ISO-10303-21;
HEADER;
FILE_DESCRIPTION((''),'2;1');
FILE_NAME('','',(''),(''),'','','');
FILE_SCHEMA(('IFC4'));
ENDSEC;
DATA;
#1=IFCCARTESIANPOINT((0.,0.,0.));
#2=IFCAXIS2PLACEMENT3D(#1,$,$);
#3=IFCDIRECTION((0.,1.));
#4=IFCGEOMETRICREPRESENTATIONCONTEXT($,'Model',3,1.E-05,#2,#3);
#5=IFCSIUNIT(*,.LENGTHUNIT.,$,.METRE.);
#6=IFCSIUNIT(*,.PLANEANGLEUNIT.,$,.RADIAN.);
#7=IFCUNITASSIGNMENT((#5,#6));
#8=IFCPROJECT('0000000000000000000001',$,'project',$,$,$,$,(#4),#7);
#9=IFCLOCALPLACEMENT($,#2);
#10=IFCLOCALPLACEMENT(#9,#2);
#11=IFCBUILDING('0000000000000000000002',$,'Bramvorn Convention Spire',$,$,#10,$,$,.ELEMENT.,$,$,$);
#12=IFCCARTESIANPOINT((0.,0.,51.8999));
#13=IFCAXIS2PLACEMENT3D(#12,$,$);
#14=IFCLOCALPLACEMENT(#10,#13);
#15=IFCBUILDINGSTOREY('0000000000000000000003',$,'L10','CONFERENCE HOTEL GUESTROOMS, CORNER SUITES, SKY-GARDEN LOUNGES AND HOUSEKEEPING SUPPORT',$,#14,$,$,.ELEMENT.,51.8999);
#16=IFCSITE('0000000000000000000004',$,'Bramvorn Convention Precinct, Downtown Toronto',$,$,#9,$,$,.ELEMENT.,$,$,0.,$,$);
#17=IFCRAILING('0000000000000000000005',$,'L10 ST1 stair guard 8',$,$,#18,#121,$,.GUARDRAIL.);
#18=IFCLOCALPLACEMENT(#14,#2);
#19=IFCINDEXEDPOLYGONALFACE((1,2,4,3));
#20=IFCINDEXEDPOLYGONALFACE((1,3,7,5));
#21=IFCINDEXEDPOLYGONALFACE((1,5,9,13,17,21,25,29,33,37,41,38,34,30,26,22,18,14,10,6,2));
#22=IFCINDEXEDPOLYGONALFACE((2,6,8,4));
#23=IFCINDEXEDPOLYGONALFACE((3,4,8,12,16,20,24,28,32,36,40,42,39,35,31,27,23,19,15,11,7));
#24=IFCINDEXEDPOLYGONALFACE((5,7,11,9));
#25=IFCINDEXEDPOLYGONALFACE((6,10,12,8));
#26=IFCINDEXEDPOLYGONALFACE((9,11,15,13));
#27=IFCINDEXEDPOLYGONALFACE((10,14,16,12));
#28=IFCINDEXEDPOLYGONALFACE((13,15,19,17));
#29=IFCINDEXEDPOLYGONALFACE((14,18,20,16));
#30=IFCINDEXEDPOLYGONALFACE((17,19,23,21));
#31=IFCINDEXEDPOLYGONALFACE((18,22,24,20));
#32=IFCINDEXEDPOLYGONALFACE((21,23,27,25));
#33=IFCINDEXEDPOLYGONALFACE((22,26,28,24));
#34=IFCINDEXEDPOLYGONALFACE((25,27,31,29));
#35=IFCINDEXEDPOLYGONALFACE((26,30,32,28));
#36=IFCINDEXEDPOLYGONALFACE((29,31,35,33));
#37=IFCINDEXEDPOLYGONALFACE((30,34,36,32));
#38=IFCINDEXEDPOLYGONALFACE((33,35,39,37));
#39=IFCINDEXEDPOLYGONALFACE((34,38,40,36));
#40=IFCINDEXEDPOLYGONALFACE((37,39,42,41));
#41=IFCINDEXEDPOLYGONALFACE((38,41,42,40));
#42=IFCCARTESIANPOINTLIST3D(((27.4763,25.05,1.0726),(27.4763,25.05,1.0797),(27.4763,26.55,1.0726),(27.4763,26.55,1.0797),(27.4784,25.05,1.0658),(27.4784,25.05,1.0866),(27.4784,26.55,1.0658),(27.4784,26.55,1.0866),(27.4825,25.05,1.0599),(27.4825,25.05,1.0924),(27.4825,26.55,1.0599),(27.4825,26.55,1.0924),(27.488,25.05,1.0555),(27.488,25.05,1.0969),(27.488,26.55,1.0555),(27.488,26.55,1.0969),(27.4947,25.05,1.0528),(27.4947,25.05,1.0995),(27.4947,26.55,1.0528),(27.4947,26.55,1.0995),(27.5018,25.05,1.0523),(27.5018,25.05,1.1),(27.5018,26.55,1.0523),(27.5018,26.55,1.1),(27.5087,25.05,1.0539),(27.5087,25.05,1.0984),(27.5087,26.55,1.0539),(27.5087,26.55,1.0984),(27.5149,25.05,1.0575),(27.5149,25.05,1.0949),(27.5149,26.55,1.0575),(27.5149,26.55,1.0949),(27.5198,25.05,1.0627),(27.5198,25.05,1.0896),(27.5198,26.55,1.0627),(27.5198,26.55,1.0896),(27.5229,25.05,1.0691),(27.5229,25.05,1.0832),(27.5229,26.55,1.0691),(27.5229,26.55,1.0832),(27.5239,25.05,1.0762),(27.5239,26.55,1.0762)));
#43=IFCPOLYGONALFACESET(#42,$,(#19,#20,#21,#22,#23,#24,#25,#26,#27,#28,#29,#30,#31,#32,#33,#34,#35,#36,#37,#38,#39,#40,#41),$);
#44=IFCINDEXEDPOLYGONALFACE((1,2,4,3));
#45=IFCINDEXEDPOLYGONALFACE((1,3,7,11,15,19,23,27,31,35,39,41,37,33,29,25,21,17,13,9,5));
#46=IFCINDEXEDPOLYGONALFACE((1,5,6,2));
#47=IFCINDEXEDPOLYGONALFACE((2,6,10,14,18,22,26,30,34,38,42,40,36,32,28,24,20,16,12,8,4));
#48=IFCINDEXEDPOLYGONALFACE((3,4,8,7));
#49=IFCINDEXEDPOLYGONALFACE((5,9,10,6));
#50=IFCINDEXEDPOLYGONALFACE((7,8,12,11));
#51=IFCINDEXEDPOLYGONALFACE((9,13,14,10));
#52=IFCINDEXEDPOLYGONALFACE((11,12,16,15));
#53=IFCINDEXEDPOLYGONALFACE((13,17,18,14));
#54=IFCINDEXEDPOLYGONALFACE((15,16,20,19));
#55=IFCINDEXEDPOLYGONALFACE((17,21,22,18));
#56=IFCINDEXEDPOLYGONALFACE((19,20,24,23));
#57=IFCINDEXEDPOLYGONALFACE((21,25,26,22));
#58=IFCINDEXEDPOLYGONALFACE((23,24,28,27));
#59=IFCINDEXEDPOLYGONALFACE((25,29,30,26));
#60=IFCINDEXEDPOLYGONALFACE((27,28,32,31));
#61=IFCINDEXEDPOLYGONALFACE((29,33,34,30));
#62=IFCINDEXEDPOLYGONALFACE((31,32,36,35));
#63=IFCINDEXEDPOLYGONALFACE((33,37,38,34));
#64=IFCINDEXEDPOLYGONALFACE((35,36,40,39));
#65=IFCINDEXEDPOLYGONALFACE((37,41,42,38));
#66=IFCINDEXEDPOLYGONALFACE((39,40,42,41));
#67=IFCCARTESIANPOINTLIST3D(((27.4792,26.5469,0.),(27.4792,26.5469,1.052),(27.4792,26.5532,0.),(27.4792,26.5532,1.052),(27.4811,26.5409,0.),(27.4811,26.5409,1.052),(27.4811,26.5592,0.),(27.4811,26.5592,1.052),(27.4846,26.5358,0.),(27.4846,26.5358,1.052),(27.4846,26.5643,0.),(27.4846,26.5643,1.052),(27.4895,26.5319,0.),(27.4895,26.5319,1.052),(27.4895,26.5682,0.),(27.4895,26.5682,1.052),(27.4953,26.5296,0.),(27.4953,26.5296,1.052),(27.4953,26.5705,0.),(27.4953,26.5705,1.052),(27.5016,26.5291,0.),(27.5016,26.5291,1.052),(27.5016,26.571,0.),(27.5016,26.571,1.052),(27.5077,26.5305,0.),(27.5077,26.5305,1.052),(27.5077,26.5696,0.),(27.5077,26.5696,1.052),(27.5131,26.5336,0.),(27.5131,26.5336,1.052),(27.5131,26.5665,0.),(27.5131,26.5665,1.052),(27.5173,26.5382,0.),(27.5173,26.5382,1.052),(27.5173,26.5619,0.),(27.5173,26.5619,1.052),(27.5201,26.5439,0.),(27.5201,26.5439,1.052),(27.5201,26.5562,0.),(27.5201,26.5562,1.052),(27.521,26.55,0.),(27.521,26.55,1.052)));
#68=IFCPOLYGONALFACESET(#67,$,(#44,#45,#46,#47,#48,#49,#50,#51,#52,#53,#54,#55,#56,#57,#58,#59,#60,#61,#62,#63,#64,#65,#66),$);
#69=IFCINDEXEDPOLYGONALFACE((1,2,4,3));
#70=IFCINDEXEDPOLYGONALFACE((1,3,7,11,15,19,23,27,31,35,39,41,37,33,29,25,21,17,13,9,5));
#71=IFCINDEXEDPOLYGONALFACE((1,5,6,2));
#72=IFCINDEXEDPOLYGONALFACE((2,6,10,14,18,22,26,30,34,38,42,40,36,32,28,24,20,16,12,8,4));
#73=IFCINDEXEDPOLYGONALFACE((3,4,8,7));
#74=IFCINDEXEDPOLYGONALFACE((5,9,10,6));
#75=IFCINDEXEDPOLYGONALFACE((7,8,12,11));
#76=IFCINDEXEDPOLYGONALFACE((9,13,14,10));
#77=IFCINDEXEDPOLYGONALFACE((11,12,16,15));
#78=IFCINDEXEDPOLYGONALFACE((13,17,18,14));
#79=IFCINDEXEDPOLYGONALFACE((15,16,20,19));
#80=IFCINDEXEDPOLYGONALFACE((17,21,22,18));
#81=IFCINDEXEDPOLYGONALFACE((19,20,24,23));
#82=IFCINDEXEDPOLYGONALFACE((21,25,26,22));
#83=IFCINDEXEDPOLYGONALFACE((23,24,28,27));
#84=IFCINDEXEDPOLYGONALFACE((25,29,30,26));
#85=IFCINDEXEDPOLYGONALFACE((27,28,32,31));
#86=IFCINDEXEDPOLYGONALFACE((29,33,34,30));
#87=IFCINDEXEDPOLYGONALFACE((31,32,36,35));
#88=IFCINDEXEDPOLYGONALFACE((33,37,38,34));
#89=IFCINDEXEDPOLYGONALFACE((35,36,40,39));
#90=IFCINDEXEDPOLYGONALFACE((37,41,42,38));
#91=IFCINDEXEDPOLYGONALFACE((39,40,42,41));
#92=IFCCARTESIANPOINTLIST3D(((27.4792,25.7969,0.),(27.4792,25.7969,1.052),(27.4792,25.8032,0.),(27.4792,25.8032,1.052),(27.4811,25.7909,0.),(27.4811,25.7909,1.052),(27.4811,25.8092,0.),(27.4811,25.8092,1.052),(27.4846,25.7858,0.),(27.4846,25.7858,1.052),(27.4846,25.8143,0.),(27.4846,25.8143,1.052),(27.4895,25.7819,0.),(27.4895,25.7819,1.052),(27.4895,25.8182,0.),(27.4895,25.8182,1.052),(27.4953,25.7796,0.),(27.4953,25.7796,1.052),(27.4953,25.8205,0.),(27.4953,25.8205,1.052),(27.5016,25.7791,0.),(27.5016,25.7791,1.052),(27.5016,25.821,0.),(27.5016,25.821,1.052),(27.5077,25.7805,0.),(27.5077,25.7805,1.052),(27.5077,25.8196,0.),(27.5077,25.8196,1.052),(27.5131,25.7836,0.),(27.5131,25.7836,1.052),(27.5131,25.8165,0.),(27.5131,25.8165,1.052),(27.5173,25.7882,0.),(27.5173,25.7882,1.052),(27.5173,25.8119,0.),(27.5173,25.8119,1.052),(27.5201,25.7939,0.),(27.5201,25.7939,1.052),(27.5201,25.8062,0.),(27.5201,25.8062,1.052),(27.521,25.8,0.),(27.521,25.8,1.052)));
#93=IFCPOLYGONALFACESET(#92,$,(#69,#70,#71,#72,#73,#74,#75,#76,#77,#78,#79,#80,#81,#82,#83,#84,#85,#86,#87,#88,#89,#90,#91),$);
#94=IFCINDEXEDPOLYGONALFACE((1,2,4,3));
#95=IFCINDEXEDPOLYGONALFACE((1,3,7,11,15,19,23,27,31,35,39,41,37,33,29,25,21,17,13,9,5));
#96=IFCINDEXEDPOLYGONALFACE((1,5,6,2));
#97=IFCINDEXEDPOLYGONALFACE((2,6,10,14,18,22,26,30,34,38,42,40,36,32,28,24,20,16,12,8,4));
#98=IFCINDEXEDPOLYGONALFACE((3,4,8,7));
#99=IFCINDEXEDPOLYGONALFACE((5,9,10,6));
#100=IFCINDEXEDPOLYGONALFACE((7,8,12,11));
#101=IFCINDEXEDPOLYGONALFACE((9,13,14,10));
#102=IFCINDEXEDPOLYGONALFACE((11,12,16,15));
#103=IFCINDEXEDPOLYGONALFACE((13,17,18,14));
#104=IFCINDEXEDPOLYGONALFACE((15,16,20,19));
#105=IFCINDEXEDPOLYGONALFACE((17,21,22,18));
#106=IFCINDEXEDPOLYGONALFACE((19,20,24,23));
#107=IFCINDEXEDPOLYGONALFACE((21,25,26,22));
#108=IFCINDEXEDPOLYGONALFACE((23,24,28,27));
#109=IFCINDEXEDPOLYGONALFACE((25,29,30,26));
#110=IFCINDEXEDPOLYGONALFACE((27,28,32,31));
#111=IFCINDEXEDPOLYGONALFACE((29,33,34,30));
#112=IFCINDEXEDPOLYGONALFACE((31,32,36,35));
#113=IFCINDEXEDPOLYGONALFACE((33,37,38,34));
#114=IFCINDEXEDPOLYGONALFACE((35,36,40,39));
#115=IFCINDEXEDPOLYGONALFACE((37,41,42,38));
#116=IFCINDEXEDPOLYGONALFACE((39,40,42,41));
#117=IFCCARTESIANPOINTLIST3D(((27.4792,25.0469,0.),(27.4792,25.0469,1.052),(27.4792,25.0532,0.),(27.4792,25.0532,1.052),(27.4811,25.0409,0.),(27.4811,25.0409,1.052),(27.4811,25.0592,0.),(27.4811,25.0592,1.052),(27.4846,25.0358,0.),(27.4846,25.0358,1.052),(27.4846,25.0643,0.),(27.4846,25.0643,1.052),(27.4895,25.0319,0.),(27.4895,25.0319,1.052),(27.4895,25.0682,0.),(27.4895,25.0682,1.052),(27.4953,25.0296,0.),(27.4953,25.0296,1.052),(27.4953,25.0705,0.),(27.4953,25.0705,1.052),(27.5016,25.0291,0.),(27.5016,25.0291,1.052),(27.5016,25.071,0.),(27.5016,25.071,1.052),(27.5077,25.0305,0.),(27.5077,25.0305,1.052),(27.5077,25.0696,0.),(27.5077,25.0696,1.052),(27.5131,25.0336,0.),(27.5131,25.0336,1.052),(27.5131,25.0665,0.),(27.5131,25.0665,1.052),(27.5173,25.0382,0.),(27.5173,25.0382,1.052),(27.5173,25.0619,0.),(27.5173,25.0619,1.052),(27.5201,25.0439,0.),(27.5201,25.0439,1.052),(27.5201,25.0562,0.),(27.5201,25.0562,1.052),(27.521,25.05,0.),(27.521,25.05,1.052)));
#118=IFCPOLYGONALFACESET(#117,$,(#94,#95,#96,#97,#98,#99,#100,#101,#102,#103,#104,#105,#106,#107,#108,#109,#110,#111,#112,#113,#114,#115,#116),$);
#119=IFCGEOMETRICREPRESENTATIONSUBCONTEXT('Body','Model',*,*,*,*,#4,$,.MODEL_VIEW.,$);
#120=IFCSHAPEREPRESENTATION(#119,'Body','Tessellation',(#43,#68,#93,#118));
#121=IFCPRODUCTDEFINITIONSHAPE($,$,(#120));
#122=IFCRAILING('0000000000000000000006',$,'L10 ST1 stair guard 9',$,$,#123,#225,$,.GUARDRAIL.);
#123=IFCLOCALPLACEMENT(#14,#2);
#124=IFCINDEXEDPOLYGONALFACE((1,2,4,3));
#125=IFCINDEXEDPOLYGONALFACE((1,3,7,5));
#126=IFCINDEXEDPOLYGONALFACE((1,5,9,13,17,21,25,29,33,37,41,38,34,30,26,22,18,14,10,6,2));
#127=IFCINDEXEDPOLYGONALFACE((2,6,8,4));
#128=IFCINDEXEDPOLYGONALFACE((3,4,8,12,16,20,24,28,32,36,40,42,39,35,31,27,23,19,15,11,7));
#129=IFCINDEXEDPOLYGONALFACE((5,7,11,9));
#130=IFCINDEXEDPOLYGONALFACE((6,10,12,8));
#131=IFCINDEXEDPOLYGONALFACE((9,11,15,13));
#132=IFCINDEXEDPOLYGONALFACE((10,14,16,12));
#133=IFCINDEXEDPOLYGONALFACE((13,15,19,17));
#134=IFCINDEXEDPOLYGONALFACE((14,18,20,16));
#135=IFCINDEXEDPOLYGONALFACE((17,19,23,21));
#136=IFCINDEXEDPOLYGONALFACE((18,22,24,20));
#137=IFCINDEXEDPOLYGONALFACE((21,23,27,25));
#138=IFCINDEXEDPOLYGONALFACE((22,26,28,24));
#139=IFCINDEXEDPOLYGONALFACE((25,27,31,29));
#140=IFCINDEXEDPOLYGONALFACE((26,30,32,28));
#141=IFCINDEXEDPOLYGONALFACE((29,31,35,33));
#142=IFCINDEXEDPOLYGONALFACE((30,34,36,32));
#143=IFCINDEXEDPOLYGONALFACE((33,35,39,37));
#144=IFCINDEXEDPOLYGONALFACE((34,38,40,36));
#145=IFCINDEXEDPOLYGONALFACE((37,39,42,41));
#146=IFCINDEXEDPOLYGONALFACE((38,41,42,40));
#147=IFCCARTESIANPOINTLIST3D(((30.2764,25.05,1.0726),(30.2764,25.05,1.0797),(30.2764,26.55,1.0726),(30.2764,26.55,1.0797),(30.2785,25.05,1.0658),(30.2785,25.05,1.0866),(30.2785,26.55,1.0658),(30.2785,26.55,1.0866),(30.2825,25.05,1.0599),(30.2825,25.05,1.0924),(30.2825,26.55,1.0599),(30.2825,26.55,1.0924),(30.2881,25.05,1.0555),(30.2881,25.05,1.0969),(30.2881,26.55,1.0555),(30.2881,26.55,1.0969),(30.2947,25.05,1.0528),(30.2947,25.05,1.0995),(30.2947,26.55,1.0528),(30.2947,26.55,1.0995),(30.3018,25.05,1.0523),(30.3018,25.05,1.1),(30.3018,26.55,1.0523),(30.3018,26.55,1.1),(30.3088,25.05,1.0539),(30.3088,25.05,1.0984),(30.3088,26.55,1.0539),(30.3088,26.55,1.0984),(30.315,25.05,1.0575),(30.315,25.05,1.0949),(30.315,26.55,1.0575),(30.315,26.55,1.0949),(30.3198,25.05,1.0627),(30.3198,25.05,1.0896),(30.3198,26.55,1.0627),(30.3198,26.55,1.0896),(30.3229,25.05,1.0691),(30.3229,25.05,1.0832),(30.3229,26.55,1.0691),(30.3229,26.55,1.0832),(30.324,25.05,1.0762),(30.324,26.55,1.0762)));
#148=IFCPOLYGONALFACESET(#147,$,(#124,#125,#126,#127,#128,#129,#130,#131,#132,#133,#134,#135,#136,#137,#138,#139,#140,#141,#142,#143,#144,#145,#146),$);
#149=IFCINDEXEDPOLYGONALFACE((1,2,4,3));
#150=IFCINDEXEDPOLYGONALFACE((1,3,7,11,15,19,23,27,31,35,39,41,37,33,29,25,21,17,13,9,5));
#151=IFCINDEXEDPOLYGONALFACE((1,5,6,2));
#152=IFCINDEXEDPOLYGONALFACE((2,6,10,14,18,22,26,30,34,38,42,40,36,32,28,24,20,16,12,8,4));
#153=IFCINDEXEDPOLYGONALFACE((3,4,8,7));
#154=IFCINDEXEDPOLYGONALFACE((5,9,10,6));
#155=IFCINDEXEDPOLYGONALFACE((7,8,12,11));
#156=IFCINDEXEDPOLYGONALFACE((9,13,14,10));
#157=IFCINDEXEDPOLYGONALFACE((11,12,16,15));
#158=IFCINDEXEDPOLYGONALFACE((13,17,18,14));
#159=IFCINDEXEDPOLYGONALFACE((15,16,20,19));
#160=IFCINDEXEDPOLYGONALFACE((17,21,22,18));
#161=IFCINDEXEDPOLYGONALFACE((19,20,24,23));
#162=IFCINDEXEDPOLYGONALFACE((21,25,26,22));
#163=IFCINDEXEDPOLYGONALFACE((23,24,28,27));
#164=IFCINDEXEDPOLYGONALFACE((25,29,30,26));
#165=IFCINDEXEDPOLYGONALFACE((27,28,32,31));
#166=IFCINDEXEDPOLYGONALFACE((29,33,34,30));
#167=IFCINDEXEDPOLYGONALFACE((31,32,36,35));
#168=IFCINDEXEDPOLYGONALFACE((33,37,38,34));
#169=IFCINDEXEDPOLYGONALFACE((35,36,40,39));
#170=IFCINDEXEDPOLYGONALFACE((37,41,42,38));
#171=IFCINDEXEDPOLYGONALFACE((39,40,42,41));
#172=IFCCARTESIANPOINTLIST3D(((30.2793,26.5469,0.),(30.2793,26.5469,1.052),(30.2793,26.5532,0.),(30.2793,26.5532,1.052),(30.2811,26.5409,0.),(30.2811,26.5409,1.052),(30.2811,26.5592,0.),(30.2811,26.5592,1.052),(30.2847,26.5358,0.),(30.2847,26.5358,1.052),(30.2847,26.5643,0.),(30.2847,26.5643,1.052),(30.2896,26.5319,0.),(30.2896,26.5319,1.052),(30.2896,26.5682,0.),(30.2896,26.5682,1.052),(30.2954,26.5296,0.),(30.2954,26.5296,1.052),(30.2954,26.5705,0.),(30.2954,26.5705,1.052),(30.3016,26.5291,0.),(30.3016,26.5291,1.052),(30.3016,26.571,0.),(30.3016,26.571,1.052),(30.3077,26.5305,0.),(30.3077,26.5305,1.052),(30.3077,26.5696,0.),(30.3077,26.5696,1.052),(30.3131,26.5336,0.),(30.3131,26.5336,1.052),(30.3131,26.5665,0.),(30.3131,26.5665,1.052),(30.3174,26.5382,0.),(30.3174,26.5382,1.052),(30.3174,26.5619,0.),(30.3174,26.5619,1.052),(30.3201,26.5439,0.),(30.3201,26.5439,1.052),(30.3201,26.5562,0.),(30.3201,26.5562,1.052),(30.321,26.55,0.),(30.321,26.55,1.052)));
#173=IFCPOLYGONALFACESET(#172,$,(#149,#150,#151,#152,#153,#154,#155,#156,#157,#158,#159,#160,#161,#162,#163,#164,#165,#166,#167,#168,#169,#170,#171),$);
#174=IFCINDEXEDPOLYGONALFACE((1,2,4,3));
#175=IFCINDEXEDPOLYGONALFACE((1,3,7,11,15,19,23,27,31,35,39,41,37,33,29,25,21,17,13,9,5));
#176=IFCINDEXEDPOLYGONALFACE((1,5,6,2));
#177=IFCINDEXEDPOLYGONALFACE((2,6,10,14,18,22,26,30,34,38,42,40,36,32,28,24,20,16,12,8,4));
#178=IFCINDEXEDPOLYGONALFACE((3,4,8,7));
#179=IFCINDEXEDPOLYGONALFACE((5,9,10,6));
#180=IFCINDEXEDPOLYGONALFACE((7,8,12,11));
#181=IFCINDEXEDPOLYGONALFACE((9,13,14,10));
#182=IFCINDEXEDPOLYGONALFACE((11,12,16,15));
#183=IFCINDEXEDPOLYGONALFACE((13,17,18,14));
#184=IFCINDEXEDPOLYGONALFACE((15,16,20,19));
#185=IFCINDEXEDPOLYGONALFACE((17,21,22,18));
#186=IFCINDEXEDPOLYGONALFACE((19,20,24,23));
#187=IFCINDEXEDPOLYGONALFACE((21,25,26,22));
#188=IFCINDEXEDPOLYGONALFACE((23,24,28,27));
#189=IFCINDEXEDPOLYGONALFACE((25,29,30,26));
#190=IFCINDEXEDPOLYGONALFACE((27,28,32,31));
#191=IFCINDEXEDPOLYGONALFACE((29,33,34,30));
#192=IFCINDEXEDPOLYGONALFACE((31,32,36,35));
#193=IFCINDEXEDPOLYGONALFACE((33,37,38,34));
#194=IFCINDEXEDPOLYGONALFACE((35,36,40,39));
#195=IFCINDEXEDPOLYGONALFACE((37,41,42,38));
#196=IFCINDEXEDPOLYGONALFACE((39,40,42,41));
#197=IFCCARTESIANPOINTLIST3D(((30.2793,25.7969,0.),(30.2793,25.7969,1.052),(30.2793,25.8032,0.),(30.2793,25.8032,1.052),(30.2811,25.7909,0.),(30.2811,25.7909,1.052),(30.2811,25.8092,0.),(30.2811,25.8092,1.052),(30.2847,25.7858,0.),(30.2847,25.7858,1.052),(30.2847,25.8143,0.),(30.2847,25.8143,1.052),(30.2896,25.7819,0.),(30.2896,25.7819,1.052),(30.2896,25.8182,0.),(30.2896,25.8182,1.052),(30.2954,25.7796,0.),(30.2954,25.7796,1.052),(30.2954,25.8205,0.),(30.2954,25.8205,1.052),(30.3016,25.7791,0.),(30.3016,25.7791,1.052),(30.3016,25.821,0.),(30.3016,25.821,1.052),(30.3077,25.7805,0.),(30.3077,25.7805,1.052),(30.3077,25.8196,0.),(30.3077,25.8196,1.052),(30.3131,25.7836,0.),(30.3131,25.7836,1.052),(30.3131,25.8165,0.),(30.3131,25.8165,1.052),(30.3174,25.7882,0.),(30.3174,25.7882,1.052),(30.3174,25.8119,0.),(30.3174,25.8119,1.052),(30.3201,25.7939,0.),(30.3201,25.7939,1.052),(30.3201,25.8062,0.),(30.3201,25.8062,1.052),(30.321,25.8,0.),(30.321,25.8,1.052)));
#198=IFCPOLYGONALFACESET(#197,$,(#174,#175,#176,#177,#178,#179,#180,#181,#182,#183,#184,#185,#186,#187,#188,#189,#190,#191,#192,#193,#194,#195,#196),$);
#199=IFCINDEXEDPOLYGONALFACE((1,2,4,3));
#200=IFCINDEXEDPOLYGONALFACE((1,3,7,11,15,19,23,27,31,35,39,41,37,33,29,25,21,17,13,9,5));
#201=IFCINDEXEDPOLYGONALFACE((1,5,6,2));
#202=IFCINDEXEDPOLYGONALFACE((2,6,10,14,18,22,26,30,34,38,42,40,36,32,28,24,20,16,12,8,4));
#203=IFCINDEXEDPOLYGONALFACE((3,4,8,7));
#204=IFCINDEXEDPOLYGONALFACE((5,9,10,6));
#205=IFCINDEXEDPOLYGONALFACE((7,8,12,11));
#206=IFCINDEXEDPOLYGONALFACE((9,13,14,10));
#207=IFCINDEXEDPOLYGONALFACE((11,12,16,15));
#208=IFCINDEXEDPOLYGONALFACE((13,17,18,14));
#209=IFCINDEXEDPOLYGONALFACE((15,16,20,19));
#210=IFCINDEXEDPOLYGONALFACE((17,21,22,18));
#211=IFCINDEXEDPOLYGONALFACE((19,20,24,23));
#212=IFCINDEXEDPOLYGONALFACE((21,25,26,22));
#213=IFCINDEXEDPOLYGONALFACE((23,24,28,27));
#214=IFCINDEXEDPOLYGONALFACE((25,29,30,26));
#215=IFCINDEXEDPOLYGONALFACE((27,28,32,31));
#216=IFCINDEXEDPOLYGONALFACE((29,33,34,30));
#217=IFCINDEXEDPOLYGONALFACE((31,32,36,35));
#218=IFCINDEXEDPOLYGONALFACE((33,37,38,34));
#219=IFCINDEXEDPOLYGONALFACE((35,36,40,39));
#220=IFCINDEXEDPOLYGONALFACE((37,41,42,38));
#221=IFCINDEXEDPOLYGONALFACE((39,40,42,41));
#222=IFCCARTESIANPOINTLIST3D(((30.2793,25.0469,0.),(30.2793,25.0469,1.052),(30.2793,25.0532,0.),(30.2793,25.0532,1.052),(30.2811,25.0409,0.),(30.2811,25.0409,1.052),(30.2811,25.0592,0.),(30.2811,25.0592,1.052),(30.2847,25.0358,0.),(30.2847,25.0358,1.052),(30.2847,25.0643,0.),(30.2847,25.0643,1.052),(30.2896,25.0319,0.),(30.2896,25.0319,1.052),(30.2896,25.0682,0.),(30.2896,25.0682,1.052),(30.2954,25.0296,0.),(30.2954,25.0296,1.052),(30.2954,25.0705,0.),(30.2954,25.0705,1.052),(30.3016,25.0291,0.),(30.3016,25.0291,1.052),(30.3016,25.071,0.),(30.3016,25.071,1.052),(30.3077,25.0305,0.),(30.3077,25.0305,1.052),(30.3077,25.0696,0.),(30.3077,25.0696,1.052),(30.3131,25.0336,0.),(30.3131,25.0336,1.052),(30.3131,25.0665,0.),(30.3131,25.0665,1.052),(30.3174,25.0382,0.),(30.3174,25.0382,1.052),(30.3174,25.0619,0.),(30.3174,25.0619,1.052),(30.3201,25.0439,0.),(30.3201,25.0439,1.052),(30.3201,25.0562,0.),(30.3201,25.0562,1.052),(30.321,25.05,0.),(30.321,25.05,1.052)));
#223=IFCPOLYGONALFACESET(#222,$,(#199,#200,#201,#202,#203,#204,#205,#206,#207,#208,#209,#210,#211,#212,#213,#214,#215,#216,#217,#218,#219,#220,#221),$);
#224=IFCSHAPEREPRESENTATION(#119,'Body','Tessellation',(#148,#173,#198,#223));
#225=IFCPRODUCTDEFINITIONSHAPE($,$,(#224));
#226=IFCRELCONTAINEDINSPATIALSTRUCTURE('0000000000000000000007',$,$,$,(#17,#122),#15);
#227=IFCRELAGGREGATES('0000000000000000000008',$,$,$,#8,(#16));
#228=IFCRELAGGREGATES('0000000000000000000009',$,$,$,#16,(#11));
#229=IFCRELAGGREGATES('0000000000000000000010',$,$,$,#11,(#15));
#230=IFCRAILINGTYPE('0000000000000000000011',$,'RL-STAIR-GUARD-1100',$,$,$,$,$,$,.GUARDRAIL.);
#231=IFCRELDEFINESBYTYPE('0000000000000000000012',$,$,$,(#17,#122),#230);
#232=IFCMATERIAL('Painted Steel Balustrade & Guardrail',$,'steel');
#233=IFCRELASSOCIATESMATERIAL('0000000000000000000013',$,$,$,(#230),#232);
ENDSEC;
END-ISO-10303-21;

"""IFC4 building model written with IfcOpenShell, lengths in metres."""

from ifc_helpers import new_model, si_unit, direction, frame, origin, origin_2d, place, context, subcontext, project, spatial, circle, extrude, material, type_object, element, save


model = new_model("IFC4")

# Units and contexts
model_context = context("Model", 3, precision=1e-05, world=origin(), true_north=direction((0.0, 1.0)))
body_context = subcontext(model_context, "Body", "Model", "MODEL_VIEW")
ifc_project = project(units=[si_unit("LENGTHUNIT", "METRE"), si_unit("PLANEANGLEUNIT", "RADIAN")], contexts=[model_context])

# Site, building, storey
site_placement = place(None, origin())
site = spatial("IfcSite", under=ifc_project, at=site_placement, Name="Bramvorn Convention Precinct, Downtown Toronto", CompositionType="ELEMENT", RefElevation=0.0)
building_placement = place(site_placement, origin())
building = spatial("IfcBuilding", under=site, at=building_placement, Name="Bramvorn Convention Spire", CompositionType="ELEMENT")
storey_placement = place(building_placement, frame((0.0, 0.0, 51.8999)))
storey = spatial("IfcBuildingStorey", under=building, at=storey_placement, Name="L10", Description="CONFERENCE HOTEL GUESTROOMS, CORNER SUITES, SKY-GARDEN LOUNGES AND HOUSEKEEPING SUPPORT", CompositionType="ELEMENT", Elevation=51.8999)

# Railings
ifc_material_1 = material(Name="Painted Steel Balustrade & Guardrail", Category="steel")
railing_type = type_object("IfcRailingType", Name="RL-STAIR-GUARD-1100", PredefinedType="GUARDRAIL", material=ifc_material_1)
for number, where, name in (
    (1, (27.5, 26.55, 0.0), "L10 ST1 stair guard 8"),
    (2, (30.3, 26.55, 0.0), "L10 ST1 stair guard 9"),
):
    element("IfcRailing", number, at=place(storey_placement, frame(where)), inside=storey, type_object=railing_type, Name=name, PredefinedType="GUARDRAIL", context=body_context, shape_type="SweptSolid", body=[
        extrude(circle(Radius=0.0239, at=origin_2d()), frame((0.0, 0.0, 1.0762), z_axis=(0.0, -1.0, 0.0), x_axis=(1.0, 0.0, 0.0)), (0.0, 0.0, 1.0), 1.5),
        extrude(circle(Radius=0.021, at=origin_2d()), origin(), (0.0, 0.0, 1.0), 1.052),
        extrude(circle(Radius=0.021, at=origin_2d()), frame((0.0, -0.75, 0.0)), (0.0, 0.0, 1.0), 1.052),
        extrude(circle(Radius=0.021, at=origin_2d()), frame((0.0, -1.5, 0.0)), (0.0, 0.0, 1.0), 1.052),
    ])

save(model, "model.ifc")
